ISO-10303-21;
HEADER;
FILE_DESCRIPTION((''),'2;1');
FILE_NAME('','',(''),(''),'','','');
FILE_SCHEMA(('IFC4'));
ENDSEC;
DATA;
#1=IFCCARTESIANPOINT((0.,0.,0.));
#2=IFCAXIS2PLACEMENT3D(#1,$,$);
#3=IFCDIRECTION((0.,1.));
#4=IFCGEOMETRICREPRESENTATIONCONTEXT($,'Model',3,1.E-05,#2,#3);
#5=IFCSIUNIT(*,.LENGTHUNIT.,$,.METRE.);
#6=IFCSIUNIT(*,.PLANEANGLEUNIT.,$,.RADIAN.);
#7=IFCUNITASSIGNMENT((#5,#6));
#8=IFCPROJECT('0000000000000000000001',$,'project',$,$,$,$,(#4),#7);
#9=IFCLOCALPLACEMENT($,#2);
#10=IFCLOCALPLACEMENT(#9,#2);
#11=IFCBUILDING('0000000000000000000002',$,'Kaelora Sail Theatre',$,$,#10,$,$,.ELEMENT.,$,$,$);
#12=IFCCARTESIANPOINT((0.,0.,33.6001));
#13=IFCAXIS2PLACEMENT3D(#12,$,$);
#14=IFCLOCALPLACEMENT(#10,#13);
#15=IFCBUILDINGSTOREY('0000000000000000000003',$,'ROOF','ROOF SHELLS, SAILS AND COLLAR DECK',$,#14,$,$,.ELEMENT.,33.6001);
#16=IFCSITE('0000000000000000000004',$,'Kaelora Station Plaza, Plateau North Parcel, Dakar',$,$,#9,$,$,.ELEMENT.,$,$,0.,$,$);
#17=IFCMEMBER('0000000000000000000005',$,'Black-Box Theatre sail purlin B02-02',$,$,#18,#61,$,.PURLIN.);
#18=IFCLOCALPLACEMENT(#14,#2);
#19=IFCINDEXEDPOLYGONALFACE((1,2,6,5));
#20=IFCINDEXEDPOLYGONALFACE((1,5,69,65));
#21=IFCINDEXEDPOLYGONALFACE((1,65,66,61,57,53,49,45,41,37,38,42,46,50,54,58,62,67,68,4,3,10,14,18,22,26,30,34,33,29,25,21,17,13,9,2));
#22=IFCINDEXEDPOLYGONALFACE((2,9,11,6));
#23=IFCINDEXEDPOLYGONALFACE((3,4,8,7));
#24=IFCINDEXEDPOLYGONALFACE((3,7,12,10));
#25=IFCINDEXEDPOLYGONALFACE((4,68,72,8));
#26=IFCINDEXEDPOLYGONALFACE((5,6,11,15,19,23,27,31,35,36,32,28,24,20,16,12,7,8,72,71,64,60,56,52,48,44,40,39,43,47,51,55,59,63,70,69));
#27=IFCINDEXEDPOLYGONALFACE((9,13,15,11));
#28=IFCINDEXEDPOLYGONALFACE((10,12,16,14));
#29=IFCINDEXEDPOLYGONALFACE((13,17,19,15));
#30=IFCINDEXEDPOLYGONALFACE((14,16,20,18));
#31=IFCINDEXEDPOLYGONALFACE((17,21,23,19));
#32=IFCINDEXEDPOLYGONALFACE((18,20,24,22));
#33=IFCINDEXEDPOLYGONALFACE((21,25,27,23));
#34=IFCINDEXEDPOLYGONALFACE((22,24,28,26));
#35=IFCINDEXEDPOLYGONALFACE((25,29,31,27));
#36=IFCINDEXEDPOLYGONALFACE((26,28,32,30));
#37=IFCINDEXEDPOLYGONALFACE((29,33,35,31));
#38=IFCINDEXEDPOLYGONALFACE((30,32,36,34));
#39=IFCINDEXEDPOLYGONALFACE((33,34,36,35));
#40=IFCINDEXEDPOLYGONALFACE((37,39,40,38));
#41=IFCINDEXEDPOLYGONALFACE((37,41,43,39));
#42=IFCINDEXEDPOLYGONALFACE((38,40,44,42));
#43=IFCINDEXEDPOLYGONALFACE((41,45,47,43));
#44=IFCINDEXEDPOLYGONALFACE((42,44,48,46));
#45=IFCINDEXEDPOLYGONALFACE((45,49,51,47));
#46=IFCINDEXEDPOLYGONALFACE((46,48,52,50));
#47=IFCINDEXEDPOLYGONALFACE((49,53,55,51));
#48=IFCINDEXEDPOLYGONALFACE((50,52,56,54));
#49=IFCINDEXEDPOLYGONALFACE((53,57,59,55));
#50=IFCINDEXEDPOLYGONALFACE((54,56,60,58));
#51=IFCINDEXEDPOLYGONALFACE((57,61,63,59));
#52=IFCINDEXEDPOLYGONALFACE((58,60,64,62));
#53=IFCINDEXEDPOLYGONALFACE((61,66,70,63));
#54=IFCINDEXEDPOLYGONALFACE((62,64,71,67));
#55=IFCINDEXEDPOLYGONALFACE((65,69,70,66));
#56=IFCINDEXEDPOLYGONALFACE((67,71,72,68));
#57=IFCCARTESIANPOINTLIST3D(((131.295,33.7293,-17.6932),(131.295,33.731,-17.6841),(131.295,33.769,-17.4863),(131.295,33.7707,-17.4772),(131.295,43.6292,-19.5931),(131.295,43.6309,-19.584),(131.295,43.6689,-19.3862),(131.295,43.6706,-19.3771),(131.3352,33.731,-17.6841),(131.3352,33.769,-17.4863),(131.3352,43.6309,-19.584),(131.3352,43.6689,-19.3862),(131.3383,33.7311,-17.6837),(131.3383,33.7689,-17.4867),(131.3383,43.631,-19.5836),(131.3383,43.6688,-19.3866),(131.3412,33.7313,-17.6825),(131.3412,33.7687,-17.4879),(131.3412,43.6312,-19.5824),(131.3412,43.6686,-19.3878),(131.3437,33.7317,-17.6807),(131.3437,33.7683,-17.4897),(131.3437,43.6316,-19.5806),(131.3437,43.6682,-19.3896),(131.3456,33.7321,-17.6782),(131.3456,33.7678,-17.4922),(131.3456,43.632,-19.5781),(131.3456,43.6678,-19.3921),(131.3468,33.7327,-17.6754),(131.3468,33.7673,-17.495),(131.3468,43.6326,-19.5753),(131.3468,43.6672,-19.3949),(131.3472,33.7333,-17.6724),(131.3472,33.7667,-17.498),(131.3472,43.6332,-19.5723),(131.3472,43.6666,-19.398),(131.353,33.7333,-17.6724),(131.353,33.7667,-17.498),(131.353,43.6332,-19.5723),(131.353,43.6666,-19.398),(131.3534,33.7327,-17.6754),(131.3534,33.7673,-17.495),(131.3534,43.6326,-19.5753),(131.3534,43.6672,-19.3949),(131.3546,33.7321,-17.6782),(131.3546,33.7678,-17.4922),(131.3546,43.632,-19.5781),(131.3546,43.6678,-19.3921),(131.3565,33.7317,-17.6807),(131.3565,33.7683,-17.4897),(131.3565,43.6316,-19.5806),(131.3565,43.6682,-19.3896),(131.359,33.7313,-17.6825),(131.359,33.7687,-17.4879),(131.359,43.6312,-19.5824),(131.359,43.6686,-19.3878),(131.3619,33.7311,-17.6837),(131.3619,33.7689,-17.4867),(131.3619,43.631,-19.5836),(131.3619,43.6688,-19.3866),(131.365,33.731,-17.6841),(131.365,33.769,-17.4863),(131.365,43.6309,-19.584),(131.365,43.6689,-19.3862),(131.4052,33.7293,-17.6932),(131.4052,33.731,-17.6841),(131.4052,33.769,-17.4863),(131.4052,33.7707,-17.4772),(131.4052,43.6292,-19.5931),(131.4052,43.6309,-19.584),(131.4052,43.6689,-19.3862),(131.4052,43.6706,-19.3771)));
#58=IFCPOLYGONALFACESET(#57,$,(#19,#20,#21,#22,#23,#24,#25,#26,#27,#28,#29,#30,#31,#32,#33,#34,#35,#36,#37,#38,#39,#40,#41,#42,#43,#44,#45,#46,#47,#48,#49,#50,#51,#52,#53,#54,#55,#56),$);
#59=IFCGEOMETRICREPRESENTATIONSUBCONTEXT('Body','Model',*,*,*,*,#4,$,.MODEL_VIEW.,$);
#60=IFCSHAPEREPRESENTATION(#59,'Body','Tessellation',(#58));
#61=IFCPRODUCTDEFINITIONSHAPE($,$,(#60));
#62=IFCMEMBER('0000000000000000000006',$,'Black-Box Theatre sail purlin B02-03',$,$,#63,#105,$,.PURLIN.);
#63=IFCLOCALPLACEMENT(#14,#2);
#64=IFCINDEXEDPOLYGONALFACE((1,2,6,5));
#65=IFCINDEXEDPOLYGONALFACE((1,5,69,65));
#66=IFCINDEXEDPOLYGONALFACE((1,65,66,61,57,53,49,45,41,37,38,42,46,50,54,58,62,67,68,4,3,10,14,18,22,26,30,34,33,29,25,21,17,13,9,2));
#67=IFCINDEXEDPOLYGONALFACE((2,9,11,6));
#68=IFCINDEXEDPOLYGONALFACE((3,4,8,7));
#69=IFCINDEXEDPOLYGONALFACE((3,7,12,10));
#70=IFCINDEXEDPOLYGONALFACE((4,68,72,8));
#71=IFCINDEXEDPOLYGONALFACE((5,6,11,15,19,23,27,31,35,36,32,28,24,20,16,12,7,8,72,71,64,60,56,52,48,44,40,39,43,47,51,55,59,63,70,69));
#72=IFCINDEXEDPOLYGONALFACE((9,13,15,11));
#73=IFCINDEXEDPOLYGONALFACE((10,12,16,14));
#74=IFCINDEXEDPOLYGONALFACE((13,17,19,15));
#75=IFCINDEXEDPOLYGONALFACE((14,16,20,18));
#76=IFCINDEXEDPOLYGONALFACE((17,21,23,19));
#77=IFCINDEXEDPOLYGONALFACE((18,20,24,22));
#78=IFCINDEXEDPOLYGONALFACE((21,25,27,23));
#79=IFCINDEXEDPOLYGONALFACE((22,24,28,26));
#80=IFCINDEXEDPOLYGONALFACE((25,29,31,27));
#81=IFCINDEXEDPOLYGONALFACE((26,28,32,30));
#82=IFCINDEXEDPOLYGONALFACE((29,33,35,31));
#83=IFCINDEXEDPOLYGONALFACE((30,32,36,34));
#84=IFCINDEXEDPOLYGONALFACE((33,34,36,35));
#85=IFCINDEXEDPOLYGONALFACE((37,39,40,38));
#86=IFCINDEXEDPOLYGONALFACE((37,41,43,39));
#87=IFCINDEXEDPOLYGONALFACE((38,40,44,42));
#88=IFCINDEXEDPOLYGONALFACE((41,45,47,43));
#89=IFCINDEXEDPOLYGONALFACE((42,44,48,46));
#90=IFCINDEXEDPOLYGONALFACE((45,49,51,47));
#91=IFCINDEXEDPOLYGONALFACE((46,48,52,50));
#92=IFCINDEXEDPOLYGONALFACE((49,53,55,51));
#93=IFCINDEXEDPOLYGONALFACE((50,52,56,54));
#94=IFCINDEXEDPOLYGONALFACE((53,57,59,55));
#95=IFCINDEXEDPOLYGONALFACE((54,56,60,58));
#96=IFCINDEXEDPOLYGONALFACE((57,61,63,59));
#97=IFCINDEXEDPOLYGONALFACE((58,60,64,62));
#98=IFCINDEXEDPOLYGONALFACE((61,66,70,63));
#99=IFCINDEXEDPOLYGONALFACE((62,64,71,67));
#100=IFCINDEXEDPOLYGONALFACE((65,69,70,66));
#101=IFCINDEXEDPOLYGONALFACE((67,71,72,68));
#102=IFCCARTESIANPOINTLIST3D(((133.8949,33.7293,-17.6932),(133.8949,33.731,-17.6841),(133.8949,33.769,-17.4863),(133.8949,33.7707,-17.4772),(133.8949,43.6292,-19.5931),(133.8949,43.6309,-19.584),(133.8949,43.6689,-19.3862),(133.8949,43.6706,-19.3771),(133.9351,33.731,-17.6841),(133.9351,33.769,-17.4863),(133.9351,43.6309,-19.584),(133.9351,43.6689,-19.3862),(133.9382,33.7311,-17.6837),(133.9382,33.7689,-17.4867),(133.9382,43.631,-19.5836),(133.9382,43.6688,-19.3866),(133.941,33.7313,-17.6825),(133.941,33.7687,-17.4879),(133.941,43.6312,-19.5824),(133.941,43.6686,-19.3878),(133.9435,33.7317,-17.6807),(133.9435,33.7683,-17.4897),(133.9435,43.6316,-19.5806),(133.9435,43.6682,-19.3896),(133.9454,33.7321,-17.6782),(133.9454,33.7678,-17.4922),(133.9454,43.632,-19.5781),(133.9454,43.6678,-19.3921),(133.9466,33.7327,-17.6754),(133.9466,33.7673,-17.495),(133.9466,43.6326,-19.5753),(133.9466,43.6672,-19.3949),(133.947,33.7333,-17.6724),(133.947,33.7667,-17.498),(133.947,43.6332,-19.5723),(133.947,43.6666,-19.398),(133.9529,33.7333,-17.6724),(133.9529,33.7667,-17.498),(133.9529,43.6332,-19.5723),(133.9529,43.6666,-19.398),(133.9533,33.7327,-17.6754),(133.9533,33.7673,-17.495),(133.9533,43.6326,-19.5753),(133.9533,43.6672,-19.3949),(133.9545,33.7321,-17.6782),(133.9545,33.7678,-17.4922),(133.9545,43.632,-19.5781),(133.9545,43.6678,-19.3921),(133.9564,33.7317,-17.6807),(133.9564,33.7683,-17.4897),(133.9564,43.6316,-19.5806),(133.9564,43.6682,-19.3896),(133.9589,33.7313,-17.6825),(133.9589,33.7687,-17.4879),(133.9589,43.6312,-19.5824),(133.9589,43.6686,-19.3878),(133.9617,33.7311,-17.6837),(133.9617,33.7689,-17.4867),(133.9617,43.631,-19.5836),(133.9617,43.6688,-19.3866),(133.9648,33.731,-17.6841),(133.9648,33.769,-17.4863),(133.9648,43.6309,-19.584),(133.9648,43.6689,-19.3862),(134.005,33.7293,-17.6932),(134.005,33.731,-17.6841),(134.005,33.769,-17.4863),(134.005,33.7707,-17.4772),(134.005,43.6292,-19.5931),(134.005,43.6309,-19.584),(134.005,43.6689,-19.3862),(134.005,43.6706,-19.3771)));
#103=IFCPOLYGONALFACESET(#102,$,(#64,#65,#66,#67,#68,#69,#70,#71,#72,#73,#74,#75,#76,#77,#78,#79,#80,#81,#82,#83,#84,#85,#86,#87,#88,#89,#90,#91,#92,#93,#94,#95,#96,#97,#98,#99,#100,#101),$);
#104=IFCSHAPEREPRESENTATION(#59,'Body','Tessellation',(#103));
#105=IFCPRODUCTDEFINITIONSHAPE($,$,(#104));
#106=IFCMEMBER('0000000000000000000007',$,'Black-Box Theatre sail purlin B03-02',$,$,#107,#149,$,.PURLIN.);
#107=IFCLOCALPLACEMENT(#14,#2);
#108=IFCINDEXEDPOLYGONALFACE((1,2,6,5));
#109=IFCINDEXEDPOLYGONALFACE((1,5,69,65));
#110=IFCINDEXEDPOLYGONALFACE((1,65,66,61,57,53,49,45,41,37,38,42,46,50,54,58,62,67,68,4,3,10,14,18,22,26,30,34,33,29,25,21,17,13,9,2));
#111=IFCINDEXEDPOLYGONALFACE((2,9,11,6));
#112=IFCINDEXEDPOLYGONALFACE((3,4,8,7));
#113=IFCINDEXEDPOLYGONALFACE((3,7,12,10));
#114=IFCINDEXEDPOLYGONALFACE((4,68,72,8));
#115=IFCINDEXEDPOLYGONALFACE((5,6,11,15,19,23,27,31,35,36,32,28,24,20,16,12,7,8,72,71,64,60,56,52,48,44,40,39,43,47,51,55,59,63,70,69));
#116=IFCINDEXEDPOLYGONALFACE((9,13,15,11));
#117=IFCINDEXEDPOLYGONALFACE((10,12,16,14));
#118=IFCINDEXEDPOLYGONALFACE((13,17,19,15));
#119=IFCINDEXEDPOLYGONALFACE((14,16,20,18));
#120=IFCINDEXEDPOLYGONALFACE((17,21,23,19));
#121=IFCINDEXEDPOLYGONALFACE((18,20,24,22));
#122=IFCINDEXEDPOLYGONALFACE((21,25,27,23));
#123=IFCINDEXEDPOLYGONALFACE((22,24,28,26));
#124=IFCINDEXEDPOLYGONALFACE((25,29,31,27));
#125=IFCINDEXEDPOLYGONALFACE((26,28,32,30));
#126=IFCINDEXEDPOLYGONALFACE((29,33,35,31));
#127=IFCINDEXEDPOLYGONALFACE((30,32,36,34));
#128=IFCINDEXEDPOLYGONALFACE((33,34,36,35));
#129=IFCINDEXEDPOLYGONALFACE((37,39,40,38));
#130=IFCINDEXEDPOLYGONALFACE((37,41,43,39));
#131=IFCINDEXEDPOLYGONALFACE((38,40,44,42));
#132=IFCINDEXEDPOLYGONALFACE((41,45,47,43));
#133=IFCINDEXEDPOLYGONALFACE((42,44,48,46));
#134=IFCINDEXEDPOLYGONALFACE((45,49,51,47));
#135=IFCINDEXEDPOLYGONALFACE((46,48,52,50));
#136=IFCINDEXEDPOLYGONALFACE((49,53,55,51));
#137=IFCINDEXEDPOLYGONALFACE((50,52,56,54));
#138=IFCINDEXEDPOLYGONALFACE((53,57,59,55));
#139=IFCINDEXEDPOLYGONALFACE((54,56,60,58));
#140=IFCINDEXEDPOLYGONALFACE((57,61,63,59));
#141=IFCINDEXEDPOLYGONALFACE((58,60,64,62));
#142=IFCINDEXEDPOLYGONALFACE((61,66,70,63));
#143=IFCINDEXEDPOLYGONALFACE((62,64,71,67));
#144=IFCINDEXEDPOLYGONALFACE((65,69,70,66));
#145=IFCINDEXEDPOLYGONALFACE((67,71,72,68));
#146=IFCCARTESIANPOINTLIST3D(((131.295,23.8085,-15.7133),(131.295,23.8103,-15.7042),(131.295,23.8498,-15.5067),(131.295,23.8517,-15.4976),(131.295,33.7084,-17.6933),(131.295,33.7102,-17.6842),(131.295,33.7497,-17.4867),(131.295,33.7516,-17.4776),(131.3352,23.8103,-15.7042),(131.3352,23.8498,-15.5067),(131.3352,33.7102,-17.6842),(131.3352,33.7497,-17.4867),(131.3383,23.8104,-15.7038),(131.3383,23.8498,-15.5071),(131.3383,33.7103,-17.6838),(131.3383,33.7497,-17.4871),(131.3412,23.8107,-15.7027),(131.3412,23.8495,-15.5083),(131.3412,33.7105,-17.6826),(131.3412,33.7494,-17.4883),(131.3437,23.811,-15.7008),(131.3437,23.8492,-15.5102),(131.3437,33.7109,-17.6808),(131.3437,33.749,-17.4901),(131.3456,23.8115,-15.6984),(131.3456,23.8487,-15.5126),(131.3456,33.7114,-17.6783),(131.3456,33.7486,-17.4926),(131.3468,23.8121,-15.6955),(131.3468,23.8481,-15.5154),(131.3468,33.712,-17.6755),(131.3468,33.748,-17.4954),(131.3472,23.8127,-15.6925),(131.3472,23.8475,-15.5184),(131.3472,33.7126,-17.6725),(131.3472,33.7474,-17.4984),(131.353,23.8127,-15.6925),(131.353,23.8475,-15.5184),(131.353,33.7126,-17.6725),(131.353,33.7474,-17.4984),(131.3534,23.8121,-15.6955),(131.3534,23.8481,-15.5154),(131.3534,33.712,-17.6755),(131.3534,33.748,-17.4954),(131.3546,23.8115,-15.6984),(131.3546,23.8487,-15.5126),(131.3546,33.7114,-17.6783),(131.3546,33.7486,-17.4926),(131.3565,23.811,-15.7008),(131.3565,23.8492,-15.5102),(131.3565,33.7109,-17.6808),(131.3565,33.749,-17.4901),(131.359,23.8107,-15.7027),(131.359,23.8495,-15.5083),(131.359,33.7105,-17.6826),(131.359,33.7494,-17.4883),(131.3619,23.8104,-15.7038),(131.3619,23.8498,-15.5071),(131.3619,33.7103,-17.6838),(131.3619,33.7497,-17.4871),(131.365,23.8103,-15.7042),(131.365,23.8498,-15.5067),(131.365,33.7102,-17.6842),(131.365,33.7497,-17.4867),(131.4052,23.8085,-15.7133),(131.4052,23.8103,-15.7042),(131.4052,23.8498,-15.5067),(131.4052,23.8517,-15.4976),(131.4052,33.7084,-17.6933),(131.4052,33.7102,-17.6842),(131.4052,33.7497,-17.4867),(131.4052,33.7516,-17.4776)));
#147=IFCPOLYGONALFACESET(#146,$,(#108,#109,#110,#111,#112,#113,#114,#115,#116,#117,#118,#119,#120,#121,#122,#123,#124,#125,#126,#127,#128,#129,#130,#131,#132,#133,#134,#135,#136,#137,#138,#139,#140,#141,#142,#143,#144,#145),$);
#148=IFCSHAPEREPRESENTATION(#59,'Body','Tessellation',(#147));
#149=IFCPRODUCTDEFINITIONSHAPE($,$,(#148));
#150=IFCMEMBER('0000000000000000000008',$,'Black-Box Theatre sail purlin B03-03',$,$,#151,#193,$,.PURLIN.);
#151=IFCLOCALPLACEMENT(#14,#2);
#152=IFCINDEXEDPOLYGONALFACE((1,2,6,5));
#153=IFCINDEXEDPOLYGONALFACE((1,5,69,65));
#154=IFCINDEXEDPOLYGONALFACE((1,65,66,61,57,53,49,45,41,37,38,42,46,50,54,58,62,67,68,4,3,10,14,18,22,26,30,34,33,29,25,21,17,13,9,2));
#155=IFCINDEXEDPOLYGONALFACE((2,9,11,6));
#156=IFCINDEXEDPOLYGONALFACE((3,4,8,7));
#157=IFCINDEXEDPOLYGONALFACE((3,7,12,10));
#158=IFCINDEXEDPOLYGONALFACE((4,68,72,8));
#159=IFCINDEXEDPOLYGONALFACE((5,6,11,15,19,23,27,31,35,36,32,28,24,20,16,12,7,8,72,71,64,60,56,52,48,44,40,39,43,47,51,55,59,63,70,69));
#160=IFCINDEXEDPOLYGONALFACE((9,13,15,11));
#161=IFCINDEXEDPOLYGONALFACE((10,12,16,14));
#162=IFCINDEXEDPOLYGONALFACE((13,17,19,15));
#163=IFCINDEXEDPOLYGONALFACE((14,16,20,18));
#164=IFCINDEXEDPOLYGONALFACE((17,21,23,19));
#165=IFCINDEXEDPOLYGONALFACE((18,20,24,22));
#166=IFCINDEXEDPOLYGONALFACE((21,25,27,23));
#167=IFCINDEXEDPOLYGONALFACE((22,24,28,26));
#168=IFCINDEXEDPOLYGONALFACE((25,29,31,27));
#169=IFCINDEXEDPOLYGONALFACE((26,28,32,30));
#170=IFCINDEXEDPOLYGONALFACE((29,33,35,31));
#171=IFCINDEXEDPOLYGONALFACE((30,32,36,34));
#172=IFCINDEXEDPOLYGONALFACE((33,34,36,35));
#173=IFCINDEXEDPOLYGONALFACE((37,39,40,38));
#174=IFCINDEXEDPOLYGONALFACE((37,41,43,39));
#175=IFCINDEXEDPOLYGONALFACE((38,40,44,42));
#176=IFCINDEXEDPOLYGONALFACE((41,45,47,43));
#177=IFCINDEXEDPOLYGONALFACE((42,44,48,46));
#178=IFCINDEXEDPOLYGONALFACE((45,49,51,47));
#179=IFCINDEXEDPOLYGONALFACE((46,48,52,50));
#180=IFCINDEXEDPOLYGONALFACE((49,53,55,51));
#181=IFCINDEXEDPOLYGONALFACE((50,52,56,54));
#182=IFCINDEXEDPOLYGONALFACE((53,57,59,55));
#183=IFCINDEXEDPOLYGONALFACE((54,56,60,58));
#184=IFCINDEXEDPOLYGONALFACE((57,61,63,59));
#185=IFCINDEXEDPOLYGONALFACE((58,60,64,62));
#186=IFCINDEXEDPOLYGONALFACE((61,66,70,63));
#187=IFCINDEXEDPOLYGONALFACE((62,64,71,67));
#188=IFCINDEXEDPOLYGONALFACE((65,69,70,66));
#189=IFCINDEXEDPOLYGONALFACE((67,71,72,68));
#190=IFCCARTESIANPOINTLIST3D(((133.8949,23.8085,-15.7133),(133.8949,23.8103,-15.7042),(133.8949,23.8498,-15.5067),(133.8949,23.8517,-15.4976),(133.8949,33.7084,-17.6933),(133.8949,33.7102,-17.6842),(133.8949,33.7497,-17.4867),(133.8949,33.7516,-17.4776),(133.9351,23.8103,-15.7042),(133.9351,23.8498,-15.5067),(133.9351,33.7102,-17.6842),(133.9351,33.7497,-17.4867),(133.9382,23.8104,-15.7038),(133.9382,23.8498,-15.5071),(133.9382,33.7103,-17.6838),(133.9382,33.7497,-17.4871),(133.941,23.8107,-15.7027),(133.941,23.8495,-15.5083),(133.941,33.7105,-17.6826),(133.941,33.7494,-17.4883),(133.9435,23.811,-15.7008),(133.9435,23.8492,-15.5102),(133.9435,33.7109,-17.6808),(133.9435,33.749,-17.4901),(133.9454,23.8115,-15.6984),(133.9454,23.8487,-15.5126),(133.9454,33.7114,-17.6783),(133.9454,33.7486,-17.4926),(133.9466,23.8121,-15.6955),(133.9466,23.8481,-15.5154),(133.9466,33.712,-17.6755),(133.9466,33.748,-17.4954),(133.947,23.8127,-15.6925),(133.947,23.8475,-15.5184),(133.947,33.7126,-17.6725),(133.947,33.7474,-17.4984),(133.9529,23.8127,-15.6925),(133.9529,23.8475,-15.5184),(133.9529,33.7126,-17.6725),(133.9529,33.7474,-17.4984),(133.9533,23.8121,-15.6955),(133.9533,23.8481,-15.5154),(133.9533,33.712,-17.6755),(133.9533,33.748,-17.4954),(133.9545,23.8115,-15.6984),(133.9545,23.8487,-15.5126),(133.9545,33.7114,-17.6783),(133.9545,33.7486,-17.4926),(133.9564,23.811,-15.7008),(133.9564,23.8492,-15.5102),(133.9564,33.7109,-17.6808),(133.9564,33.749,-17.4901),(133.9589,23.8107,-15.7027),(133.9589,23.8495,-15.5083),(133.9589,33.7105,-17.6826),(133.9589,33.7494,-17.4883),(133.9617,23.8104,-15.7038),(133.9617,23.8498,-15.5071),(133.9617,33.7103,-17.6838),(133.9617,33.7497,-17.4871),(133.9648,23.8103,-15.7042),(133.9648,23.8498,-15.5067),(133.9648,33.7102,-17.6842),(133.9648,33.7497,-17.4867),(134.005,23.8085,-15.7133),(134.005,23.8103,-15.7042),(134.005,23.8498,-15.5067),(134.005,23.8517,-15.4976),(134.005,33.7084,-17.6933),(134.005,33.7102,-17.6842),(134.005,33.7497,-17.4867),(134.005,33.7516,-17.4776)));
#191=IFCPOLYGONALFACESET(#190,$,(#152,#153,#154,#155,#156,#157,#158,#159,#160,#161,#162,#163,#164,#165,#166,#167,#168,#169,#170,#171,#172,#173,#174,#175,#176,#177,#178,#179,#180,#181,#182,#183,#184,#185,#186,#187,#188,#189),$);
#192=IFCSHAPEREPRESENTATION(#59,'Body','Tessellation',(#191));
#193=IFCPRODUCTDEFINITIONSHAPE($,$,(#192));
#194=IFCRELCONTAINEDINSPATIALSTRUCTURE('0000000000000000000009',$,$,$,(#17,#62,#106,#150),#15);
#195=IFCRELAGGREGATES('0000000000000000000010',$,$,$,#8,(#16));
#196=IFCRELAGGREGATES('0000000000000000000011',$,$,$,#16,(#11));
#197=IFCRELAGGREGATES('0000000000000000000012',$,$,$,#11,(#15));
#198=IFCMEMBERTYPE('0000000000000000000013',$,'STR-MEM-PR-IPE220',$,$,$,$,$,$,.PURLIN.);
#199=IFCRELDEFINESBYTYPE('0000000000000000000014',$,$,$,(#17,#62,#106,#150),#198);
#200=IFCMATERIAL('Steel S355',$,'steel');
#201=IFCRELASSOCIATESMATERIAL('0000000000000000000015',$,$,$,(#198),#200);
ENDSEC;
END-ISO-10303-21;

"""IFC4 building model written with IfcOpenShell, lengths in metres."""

from ifc_helpers import new_model, si_unit, direction, frame, origin, origin_2d, place, context, subcontext, project, spatial, i_section, extrude, material, material_profile, profile_set, type_object, element, save


model = new_model("IFC4")

# Units and contexts
model_context = context("Model", 3, precision=1e-05, world=origin(), true_north=direction((0.0, 1.0)))
body_context = subcontext(model_context, "Body", "Model", "MODEL_VIEW")
ifc_project = project(units=[si_unit("LENGTHUNIT", "METRE"), si_unit("PLANEANGLEUNIT", "RADIAN")], contexts=[model_context])

# Site, building, storey
site_placement = place(None, origin())
site = spatial("IfcSite", under=ifc_project, at=site_placement, Name="Kaelora Station Plaza, Plateau North Parcel, Dakar", CompositionType="ELEMENT", RefElevation=0.0)
building_placement = place(site_placement, origin())
building = spatial("IfcBuilding", under=site, at=building_placement, Name="Kaelora Sail Theatre", CompositionType="ELEMENT")
storey_placement = place(building_placement, frame((0.0, 0.0, 33.6001)))
storey = spatial("IfcBuildingStorey", under=building, at=storey_placement, Name="ROOF", Description="ROOF SHELLS, SAILS AND COLLAR DECK", CompositionType="ELEMENT", Elevation=33.6001)

# Members
ifc_material_1 = material(Name="Steel S355", Category="steel")
ifc_material_profile_1 = material_profile(ifc_material_1, i_section(OverallWidth=0.1101, OverallDepth=0.22, WebThickness=0.0059, FlangeThickness=0.0093, FilletRadius=0.012, at=origin_2d()), Name="IPE 220")
ifc_profile_set_1 = profile_set([ifc_material_profile_1], Name="Steel S355")
member_type_1 = type_object("IfcMemberType", Name="STR-MEM-PR-IPE220", PredefinedType="PURLIN", material=ifc_profile_set_1)
for number, where, z_axis, x_axis, name in (
    (1, (131.3501, 43.6499, -19.4851), (0.0, -0.982079, 0.188472), (1.0, 0.0, 0.0), "Black-Box Theatre sail purlin B02-02"),
    (2, (133.95, 43.6499, -19.4851), (0.0, -0.982079, 0.188472), (1.0, 0.0, 0.0), "Black-Box Theatre sail purlin B02-03"),
):
    element("IfcMember", number, at=place(storey_placement, frame(where, z_axis=z_axis, x_axis=x_axis)), inside=storey, type_object=member_type_1, Name=name, PredefinedType="PURLIN", context=body_context, shape_type="SweptSolid", body=[
        extrude(i_section(OverallWidth=0.1101, OverallDepth=0.22, WebThickness=0.0059, FlangeThickness=0.0093, FilletRadius=0.012, at=origin_2d()), origin(), (0.0, 0.0, 1.0), 10.0806),
    ])
for number, where, z_axis, x_axis, name in (
    (3, (131.3501, 33.73, -17.5854), (0.0, -0.980581, 0.196116), (1.0, 0.0, 0.0), "Black-Box Theatre sail purlin B03-02"),
    (4, (133.95, 33.73, -17.5854), (0.0, -0.980581, 0.196116), (1.0, 0.0, 0.0), "Black-Box Theatre sail purlin B03-03"),
):
    element("IfcMember", number, at=place(storey_placement, frame(where, z_axis=z_axis, x_axis=x_axis)), inside=storey, type_object=member_type_1, Name=name, PredefinedType="PURLIN", context=body_context, shape_type="SweptSolid", body=[
        extrude(i_section(OverallWidth=0.1101, OverallDepth=0.22, WebThickness=0.0059, FlangeThickness=0.0093, FilletRadius=0.012, at=origin_2d()), origin(), (0.0, 0.0, 1.0), 10.0959),
    ])

save(model, "model.ifc")
